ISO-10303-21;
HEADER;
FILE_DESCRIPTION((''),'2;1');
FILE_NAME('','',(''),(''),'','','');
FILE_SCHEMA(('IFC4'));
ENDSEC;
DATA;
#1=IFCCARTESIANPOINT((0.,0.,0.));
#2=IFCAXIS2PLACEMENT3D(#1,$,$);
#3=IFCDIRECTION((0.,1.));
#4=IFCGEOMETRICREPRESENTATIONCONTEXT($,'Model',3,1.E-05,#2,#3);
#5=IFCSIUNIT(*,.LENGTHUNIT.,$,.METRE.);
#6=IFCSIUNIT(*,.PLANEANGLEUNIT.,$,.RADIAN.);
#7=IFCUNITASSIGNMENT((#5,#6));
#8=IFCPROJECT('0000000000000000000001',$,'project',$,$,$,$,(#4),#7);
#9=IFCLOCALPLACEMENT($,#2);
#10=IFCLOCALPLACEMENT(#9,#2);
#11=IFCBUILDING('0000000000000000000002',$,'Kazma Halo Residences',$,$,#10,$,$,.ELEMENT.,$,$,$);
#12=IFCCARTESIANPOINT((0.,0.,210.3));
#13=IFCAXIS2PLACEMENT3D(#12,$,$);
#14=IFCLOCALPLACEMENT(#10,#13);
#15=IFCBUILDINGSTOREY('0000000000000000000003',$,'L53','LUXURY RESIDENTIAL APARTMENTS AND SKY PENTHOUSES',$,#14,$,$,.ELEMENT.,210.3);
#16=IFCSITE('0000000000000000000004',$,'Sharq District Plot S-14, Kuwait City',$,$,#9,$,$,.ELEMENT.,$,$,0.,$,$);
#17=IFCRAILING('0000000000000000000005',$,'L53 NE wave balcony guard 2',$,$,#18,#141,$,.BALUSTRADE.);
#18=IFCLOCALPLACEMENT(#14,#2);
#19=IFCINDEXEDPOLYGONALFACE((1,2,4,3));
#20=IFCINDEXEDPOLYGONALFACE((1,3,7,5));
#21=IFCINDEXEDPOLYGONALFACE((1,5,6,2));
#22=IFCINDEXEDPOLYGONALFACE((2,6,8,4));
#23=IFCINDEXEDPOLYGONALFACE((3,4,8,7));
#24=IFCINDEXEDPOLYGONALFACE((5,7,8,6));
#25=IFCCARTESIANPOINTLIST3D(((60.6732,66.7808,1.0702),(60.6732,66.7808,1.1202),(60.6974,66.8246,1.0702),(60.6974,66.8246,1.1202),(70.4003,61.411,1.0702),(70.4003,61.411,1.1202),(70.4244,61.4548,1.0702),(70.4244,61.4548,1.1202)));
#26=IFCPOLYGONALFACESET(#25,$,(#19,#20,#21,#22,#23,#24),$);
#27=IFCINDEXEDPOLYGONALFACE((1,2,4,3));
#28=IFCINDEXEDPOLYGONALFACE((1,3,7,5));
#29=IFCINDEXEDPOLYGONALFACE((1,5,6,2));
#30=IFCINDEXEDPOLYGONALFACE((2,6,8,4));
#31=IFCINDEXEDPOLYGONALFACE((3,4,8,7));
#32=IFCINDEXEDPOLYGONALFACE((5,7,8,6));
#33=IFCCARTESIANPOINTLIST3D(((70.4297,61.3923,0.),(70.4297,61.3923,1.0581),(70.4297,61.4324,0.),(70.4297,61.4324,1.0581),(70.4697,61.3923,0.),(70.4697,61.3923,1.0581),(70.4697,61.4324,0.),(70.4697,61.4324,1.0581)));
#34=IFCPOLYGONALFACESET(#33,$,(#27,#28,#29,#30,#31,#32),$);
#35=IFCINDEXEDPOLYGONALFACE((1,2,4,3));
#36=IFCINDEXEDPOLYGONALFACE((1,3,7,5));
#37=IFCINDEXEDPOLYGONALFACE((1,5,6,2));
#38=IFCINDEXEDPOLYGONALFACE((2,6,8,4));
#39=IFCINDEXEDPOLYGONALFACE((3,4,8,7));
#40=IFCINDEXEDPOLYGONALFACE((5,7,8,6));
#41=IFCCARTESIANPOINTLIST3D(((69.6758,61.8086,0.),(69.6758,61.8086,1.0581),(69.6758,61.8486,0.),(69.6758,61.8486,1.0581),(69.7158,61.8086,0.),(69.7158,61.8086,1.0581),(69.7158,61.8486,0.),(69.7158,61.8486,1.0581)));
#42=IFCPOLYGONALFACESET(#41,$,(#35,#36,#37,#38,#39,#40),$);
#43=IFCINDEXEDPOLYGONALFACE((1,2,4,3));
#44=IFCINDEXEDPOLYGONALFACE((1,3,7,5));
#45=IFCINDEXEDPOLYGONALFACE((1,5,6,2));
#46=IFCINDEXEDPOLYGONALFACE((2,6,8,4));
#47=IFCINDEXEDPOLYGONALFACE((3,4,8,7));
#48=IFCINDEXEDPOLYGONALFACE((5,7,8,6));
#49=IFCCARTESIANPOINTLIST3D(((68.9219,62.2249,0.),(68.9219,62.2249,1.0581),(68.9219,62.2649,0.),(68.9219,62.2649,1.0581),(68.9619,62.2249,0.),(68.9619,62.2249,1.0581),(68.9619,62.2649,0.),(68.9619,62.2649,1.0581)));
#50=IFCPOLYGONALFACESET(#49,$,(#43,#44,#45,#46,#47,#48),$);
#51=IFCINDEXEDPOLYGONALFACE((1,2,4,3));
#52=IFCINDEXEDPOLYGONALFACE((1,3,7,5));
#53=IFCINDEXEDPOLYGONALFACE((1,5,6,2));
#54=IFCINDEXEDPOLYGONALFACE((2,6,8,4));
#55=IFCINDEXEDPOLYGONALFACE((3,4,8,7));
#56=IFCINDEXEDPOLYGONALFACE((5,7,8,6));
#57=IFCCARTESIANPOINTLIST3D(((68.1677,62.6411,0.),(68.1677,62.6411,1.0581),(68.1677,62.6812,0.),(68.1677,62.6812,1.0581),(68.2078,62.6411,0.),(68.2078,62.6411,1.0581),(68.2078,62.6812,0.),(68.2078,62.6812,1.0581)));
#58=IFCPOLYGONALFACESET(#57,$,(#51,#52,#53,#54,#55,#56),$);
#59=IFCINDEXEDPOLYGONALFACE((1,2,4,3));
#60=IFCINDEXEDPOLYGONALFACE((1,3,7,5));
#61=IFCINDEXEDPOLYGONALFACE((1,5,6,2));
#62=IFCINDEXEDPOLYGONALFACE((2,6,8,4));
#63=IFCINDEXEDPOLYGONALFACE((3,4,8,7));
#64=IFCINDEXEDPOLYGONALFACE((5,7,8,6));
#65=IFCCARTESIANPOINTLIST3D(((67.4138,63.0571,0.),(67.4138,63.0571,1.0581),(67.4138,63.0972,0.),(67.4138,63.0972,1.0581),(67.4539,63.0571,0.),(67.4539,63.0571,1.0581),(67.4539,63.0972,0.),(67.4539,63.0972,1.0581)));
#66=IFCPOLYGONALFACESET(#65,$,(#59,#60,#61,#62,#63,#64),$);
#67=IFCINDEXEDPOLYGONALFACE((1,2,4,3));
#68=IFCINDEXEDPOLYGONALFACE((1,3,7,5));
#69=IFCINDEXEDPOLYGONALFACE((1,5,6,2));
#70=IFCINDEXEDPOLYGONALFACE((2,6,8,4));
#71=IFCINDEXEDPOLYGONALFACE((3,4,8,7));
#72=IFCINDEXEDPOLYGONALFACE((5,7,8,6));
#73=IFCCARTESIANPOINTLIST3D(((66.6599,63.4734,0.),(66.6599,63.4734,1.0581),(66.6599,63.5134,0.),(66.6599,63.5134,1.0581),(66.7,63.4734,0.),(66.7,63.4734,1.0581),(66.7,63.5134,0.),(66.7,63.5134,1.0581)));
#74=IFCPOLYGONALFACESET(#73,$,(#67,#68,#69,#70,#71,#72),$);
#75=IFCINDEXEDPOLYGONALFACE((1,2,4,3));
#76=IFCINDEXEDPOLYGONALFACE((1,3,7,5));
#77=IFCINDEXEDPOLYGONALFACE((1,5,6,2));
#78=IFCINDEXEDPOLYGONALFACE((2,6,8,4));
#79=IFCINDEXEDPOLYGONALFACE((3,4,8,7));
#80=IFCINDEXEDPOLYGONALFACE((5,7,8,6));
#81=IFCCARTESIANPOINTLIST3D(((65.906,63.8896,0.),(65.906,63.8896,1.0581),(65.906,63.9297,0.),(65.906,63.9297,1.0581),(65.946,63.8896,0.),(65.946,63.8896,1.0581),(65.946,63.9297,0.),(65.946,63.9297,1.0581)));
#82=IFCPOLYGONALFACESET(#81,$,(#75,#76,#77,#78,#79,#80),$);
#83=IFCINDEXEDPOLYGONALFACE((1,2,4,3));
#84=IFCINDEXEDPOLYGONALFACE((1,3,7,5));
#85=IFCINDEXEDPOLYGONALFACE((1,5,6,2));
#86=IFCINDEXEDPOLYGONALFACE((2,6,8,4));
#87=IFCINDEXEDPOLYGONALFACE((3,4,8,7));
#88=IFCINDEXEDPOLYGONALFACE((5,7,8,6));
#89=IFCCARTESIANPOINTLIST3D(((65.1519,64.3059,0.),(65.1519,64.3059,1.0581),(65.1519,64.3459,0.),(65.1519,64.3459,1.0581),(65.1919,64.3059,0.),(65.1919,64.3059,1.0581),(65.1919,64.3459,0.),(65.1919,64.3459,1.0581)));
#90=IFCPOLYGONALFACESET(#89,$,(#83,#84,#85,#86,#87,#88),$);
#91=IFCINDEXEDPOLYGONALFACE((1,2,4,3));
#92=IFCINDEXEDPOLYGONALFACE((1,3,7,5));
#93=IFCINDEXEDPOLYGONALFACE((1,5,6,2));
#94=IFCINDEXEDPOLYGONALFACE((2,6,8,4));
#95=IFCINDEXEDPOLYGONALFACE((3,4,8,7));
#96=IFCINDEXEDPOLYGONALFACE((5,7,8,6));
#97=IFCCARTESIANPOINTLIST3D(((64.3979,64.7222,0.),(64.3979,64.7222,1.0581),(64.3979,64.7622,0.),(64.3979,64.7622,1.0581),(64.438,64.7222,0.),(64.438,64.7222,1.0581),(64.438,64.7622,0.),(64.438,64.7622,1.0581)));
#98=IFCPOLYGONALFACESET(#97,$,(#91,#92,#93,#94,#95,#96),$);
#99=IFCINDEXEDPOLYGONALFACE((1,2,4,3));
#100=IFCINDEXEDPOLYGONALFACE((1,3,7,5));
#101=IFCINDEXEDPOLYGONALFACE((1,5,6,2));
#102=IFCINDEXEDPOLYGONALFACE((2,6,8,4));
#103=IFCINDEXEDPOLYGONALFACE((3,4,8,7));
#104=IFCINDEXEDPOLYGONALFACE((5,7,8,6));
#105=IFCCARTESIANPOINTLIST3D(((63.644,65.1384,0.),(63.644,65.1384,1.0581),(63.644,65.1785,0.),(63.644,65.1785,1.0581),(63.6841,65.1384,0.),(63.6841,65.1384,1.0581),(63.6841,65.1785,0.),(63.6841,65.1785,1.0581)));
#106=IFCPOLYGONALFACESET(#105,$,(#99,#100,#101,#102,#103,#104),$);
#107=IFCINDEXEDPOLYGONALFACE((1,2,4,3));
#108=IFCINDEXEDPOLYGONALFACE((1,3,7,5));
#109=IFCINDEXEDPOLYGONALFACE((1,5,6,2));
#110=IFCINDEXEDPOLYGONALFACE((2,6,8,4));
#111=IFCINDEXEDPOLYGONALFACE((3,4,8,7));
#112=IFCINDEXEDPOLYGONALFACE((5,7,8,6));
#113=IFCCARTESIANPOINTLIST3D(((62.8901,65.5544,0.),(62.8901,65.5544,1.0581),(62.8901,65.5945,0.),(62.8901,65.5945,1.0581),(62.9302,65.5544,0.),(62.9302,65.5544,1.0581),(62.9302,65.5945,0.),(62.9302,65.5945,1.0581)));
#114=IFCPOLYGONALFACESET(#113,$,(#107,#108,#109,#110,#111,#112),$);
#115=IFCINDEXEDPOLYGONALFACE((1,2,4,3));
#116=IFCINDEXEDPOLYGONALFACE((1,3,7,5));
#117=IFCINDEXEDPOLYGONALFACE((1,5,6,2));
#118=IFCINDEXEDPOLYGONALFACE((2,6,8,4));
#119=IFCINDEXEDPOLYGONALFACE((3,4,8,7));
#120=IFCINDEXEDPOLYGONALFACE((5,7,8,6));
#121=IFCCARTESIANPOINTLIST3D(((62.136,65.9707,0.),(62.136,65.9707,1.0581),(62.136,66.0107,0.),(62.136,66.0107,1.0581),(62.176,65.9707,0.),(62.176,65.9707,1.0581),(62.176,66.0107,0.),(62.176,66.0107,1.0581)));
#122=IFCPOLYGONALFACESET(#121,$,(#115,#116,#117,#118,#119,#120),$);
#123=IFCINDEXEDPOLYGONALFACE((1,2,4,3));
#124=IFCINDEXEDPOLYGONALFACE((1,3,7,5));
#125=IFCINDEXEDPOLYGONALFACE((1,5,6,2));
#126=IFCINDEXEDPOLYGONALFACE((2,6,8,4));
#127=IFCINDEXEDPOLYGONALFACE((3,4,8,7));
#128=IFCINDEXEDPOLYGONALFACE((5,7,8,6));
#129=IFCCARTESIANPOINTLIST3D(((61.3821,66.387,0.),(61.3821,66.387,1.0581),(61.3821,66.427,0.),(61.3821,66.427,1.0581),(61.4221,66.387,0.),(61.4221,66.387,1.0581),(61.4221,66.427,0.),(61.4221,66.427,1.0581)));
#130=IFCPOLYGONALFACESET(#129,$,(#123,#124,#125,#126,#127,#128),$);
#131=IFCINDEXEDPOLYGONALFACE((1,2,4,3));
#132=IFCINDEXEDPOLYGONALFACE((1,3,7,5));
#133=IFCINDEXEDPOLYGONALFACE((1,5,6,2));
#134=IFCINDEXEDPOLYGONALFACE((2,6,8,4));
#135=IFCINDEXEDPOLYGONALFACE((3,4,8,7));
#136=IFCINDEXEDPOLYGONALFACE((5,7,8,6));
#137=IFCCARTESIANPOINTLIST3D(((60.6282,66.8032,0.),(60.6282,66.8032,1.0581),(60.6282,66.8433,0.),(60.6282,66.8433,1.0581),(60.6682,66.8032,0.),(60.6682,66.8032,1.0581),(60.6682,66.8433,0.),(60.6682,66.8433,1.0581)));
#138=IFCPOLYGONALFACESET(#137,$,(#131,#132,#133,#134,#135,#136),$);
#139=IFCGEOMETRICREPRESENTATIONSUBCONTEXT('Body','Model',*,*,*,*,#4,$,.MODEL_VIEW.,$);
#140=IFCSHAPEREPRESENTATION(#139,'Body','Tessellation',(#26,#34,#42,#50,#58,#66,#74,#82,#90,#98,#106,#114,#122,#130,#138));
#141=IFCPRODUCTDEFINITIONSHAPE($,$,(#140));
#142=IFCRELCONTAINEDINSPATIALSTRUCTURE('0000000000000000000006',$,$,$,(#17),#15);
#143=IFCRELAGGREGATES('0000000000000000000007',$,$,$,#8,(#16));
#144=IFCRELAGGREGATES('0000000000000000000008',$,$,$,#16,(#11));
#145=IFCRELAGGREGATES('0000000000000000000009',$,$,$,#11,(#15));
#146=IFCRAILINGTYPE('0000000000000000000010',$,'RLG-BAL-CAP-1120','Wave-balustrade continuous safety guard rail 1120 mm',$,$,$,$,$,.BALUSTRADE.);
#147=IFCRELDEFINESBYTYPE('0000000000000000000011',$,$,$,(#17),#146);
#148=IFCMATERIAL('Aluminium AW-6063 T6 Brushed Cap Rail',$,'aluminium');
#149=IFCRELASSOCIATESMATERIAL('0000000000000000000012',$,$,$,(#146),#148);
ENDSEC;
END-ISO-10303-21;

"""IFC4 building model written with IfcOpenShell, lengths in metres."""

from ifc_helpers import new_model, si_unit, direction, frame, origin, origin_2d, place, context, subcontext, project, spatial, rectangle, extrude, material, type_object, element, save


model = new_model("IFC4")

# Units and contexts
model_context = context("Model", 3, precision=1e-05, world=origin(), true_north=direction((0.0, 1.0)))
body_context = subcontext(model_context, "Body", "Model", "MODEL_VIEW")
ifc_project = project(units=[si_unit("LENGTHUNIT", "METRE"), si_unit("PLANEANGLEUNIT", "RADIAN")], contexts=[model_context])

# Site, building, storey
site_placement = place(None, origin())
site = spatial("IfcSite", under=ifc_project, at=site_placement, Name="Sharq District Plot S-14, Kuwait City", CompositionType="ELEMENT", RefElevation=0.0)
building_placement = place(site_placement, origin())
building = spatial("IfcBuilding", under=site, at=building_placement, Name="Kazma Halo Residences", CompositionType="ELEMENT")
storey_placement = place(building_placement, frame((0.0, 0.0, 210.3)))
storey = spatial("IfcBuildingStorey", under=building, at=storey_placement, Name="L53", Description="LUXURY RESIDENTIAL APARTMENTS AND SKY PENTHOUSES", CompositionType="ELEMENT", Elevation=210.3)

# Railing
ifc_material_1 = material(Name="Aluminium AW-6063 T6 Brushed Cap Rail", Category="aluminium")
railing_type = type_object("IfcRailingType", Name="RLG-BAL-CAP-1120", Description="Wave-balustrade continuous safety guard rail 1120 mm", PredefinedType="BALUSTRADE", material=ifc_material_1)
railing_1_placement = place(storey_placement, frame((70.4497, 61.4124, 0.0)))
element("IfcRailing", 1, at=railing_1_placement, inside=storey, type_object=railing_type, Name="L53 NE wave balcony guard 2", PredefinedType="BALUSTRADE", context=body_context, shape_type="SweptSolid", body=[
    extrude(rectangle(XDim=0.05, YDim=0.05, at=origin_2d()), frame((-0.0374, 0.0205, 1.0952), z_axis=(-0.875458, 0.483294, 0.0), x_axis=(-0.483294, -0.875458, 0.0)), (0.0, 0.0, 1.0), 11.1108),
    extrude(rectangle(XDim=0.04, YDim=0.04, at=origin_2d()), origin(), (0.0, 0.0, 1.0), 1.0581),
    extrude(rectangle(XDim=0.04, YDim=0.04, at=origin_2d()), frame((-0.7539, 0.4163, 0.0)), (0.0, 0.0, 1.0), 1.0581),
    extrude(rectangle(XDim=0.04, YDim=0.04, at=origin_2d()), frame((-1.5078, 0.8325, 0.0)), (0.0, 0.0, 1.0), 1.0581),
    extrude(rectangle(XDim=0.04, YDim=0.04, at=origin_2d()), frame((-2.262, 1.2488, 0.0)), (0.0, 0.0, 1.0), 1.0581),
    extrude(rectangle(XDim=0.04, YDim=0.04, at=origin_2d()), frame((-3.0159, 1.6648, 0.0)), (0.0, 0.0, 1.0), 1.0581),
    extrude(rectangle(XDim=0.04, YDim=0.04, at=origin_2d()), frame((-3.7698, 2.0811, 0.0)), (0.0, 0.0, 1.0), 1.0581),
    extrude(rectangle(XDim=0.04, YDim=0.04, at=origin_2d()), frame((-4.5237, 2.4973, 0.0)), (0.0, 0.0, 1.0), 1.0581),
    extrude(rectangle(XDim=0.04, YDim=0.04, at=origin_2d()), frame((-5.2778, 2.9136, 0.0)), (0.0, 0.0, 1.0), 1.0581),
    extrude(rectangle(XDim=0.04, YDim=0.04, at=origin_2d()), frame((-6.0317, 3.3298, 0.0)), (0.0, 0.0, 1.0), 1.0581),
    extrude(rectangle(XDim=0.04, YDim=0.04, at=origin_2d()), frame((-6.7856, 3.7461, 0.0)), (0.0, 0.0, 1.0), 1.0581),
    extrude(rectangle(XDim=0.04, YDim=0.04, at=origin_2d()), frame((-7.5396, 4.1621, 0.0)), (0.0, 0.0, 1.0), 1.0581),
    extrude(rectangle(XDim=0.04, YDim=0.04, at=origin_2d()), frame((-8.2937, 4.5784, 0.0)), (0.0, 0.0, 1.0), 1.0581),
    extrude(rectangle(XDim=0.04, YDim=0.04, at=origin_2d()), frame((-9.0476, 4.9946, 0.0)), (0.0, 0.0, 1.0), 1.0581),
    extrude(rectangle(XDim=0.04, YDim=0.04, at=origin_2d()), frame((-9.8015, 5.4109, 0.0)), (0.0, 0.0, 1.0), 1.0581),
])

save(model, "model.ifc")
